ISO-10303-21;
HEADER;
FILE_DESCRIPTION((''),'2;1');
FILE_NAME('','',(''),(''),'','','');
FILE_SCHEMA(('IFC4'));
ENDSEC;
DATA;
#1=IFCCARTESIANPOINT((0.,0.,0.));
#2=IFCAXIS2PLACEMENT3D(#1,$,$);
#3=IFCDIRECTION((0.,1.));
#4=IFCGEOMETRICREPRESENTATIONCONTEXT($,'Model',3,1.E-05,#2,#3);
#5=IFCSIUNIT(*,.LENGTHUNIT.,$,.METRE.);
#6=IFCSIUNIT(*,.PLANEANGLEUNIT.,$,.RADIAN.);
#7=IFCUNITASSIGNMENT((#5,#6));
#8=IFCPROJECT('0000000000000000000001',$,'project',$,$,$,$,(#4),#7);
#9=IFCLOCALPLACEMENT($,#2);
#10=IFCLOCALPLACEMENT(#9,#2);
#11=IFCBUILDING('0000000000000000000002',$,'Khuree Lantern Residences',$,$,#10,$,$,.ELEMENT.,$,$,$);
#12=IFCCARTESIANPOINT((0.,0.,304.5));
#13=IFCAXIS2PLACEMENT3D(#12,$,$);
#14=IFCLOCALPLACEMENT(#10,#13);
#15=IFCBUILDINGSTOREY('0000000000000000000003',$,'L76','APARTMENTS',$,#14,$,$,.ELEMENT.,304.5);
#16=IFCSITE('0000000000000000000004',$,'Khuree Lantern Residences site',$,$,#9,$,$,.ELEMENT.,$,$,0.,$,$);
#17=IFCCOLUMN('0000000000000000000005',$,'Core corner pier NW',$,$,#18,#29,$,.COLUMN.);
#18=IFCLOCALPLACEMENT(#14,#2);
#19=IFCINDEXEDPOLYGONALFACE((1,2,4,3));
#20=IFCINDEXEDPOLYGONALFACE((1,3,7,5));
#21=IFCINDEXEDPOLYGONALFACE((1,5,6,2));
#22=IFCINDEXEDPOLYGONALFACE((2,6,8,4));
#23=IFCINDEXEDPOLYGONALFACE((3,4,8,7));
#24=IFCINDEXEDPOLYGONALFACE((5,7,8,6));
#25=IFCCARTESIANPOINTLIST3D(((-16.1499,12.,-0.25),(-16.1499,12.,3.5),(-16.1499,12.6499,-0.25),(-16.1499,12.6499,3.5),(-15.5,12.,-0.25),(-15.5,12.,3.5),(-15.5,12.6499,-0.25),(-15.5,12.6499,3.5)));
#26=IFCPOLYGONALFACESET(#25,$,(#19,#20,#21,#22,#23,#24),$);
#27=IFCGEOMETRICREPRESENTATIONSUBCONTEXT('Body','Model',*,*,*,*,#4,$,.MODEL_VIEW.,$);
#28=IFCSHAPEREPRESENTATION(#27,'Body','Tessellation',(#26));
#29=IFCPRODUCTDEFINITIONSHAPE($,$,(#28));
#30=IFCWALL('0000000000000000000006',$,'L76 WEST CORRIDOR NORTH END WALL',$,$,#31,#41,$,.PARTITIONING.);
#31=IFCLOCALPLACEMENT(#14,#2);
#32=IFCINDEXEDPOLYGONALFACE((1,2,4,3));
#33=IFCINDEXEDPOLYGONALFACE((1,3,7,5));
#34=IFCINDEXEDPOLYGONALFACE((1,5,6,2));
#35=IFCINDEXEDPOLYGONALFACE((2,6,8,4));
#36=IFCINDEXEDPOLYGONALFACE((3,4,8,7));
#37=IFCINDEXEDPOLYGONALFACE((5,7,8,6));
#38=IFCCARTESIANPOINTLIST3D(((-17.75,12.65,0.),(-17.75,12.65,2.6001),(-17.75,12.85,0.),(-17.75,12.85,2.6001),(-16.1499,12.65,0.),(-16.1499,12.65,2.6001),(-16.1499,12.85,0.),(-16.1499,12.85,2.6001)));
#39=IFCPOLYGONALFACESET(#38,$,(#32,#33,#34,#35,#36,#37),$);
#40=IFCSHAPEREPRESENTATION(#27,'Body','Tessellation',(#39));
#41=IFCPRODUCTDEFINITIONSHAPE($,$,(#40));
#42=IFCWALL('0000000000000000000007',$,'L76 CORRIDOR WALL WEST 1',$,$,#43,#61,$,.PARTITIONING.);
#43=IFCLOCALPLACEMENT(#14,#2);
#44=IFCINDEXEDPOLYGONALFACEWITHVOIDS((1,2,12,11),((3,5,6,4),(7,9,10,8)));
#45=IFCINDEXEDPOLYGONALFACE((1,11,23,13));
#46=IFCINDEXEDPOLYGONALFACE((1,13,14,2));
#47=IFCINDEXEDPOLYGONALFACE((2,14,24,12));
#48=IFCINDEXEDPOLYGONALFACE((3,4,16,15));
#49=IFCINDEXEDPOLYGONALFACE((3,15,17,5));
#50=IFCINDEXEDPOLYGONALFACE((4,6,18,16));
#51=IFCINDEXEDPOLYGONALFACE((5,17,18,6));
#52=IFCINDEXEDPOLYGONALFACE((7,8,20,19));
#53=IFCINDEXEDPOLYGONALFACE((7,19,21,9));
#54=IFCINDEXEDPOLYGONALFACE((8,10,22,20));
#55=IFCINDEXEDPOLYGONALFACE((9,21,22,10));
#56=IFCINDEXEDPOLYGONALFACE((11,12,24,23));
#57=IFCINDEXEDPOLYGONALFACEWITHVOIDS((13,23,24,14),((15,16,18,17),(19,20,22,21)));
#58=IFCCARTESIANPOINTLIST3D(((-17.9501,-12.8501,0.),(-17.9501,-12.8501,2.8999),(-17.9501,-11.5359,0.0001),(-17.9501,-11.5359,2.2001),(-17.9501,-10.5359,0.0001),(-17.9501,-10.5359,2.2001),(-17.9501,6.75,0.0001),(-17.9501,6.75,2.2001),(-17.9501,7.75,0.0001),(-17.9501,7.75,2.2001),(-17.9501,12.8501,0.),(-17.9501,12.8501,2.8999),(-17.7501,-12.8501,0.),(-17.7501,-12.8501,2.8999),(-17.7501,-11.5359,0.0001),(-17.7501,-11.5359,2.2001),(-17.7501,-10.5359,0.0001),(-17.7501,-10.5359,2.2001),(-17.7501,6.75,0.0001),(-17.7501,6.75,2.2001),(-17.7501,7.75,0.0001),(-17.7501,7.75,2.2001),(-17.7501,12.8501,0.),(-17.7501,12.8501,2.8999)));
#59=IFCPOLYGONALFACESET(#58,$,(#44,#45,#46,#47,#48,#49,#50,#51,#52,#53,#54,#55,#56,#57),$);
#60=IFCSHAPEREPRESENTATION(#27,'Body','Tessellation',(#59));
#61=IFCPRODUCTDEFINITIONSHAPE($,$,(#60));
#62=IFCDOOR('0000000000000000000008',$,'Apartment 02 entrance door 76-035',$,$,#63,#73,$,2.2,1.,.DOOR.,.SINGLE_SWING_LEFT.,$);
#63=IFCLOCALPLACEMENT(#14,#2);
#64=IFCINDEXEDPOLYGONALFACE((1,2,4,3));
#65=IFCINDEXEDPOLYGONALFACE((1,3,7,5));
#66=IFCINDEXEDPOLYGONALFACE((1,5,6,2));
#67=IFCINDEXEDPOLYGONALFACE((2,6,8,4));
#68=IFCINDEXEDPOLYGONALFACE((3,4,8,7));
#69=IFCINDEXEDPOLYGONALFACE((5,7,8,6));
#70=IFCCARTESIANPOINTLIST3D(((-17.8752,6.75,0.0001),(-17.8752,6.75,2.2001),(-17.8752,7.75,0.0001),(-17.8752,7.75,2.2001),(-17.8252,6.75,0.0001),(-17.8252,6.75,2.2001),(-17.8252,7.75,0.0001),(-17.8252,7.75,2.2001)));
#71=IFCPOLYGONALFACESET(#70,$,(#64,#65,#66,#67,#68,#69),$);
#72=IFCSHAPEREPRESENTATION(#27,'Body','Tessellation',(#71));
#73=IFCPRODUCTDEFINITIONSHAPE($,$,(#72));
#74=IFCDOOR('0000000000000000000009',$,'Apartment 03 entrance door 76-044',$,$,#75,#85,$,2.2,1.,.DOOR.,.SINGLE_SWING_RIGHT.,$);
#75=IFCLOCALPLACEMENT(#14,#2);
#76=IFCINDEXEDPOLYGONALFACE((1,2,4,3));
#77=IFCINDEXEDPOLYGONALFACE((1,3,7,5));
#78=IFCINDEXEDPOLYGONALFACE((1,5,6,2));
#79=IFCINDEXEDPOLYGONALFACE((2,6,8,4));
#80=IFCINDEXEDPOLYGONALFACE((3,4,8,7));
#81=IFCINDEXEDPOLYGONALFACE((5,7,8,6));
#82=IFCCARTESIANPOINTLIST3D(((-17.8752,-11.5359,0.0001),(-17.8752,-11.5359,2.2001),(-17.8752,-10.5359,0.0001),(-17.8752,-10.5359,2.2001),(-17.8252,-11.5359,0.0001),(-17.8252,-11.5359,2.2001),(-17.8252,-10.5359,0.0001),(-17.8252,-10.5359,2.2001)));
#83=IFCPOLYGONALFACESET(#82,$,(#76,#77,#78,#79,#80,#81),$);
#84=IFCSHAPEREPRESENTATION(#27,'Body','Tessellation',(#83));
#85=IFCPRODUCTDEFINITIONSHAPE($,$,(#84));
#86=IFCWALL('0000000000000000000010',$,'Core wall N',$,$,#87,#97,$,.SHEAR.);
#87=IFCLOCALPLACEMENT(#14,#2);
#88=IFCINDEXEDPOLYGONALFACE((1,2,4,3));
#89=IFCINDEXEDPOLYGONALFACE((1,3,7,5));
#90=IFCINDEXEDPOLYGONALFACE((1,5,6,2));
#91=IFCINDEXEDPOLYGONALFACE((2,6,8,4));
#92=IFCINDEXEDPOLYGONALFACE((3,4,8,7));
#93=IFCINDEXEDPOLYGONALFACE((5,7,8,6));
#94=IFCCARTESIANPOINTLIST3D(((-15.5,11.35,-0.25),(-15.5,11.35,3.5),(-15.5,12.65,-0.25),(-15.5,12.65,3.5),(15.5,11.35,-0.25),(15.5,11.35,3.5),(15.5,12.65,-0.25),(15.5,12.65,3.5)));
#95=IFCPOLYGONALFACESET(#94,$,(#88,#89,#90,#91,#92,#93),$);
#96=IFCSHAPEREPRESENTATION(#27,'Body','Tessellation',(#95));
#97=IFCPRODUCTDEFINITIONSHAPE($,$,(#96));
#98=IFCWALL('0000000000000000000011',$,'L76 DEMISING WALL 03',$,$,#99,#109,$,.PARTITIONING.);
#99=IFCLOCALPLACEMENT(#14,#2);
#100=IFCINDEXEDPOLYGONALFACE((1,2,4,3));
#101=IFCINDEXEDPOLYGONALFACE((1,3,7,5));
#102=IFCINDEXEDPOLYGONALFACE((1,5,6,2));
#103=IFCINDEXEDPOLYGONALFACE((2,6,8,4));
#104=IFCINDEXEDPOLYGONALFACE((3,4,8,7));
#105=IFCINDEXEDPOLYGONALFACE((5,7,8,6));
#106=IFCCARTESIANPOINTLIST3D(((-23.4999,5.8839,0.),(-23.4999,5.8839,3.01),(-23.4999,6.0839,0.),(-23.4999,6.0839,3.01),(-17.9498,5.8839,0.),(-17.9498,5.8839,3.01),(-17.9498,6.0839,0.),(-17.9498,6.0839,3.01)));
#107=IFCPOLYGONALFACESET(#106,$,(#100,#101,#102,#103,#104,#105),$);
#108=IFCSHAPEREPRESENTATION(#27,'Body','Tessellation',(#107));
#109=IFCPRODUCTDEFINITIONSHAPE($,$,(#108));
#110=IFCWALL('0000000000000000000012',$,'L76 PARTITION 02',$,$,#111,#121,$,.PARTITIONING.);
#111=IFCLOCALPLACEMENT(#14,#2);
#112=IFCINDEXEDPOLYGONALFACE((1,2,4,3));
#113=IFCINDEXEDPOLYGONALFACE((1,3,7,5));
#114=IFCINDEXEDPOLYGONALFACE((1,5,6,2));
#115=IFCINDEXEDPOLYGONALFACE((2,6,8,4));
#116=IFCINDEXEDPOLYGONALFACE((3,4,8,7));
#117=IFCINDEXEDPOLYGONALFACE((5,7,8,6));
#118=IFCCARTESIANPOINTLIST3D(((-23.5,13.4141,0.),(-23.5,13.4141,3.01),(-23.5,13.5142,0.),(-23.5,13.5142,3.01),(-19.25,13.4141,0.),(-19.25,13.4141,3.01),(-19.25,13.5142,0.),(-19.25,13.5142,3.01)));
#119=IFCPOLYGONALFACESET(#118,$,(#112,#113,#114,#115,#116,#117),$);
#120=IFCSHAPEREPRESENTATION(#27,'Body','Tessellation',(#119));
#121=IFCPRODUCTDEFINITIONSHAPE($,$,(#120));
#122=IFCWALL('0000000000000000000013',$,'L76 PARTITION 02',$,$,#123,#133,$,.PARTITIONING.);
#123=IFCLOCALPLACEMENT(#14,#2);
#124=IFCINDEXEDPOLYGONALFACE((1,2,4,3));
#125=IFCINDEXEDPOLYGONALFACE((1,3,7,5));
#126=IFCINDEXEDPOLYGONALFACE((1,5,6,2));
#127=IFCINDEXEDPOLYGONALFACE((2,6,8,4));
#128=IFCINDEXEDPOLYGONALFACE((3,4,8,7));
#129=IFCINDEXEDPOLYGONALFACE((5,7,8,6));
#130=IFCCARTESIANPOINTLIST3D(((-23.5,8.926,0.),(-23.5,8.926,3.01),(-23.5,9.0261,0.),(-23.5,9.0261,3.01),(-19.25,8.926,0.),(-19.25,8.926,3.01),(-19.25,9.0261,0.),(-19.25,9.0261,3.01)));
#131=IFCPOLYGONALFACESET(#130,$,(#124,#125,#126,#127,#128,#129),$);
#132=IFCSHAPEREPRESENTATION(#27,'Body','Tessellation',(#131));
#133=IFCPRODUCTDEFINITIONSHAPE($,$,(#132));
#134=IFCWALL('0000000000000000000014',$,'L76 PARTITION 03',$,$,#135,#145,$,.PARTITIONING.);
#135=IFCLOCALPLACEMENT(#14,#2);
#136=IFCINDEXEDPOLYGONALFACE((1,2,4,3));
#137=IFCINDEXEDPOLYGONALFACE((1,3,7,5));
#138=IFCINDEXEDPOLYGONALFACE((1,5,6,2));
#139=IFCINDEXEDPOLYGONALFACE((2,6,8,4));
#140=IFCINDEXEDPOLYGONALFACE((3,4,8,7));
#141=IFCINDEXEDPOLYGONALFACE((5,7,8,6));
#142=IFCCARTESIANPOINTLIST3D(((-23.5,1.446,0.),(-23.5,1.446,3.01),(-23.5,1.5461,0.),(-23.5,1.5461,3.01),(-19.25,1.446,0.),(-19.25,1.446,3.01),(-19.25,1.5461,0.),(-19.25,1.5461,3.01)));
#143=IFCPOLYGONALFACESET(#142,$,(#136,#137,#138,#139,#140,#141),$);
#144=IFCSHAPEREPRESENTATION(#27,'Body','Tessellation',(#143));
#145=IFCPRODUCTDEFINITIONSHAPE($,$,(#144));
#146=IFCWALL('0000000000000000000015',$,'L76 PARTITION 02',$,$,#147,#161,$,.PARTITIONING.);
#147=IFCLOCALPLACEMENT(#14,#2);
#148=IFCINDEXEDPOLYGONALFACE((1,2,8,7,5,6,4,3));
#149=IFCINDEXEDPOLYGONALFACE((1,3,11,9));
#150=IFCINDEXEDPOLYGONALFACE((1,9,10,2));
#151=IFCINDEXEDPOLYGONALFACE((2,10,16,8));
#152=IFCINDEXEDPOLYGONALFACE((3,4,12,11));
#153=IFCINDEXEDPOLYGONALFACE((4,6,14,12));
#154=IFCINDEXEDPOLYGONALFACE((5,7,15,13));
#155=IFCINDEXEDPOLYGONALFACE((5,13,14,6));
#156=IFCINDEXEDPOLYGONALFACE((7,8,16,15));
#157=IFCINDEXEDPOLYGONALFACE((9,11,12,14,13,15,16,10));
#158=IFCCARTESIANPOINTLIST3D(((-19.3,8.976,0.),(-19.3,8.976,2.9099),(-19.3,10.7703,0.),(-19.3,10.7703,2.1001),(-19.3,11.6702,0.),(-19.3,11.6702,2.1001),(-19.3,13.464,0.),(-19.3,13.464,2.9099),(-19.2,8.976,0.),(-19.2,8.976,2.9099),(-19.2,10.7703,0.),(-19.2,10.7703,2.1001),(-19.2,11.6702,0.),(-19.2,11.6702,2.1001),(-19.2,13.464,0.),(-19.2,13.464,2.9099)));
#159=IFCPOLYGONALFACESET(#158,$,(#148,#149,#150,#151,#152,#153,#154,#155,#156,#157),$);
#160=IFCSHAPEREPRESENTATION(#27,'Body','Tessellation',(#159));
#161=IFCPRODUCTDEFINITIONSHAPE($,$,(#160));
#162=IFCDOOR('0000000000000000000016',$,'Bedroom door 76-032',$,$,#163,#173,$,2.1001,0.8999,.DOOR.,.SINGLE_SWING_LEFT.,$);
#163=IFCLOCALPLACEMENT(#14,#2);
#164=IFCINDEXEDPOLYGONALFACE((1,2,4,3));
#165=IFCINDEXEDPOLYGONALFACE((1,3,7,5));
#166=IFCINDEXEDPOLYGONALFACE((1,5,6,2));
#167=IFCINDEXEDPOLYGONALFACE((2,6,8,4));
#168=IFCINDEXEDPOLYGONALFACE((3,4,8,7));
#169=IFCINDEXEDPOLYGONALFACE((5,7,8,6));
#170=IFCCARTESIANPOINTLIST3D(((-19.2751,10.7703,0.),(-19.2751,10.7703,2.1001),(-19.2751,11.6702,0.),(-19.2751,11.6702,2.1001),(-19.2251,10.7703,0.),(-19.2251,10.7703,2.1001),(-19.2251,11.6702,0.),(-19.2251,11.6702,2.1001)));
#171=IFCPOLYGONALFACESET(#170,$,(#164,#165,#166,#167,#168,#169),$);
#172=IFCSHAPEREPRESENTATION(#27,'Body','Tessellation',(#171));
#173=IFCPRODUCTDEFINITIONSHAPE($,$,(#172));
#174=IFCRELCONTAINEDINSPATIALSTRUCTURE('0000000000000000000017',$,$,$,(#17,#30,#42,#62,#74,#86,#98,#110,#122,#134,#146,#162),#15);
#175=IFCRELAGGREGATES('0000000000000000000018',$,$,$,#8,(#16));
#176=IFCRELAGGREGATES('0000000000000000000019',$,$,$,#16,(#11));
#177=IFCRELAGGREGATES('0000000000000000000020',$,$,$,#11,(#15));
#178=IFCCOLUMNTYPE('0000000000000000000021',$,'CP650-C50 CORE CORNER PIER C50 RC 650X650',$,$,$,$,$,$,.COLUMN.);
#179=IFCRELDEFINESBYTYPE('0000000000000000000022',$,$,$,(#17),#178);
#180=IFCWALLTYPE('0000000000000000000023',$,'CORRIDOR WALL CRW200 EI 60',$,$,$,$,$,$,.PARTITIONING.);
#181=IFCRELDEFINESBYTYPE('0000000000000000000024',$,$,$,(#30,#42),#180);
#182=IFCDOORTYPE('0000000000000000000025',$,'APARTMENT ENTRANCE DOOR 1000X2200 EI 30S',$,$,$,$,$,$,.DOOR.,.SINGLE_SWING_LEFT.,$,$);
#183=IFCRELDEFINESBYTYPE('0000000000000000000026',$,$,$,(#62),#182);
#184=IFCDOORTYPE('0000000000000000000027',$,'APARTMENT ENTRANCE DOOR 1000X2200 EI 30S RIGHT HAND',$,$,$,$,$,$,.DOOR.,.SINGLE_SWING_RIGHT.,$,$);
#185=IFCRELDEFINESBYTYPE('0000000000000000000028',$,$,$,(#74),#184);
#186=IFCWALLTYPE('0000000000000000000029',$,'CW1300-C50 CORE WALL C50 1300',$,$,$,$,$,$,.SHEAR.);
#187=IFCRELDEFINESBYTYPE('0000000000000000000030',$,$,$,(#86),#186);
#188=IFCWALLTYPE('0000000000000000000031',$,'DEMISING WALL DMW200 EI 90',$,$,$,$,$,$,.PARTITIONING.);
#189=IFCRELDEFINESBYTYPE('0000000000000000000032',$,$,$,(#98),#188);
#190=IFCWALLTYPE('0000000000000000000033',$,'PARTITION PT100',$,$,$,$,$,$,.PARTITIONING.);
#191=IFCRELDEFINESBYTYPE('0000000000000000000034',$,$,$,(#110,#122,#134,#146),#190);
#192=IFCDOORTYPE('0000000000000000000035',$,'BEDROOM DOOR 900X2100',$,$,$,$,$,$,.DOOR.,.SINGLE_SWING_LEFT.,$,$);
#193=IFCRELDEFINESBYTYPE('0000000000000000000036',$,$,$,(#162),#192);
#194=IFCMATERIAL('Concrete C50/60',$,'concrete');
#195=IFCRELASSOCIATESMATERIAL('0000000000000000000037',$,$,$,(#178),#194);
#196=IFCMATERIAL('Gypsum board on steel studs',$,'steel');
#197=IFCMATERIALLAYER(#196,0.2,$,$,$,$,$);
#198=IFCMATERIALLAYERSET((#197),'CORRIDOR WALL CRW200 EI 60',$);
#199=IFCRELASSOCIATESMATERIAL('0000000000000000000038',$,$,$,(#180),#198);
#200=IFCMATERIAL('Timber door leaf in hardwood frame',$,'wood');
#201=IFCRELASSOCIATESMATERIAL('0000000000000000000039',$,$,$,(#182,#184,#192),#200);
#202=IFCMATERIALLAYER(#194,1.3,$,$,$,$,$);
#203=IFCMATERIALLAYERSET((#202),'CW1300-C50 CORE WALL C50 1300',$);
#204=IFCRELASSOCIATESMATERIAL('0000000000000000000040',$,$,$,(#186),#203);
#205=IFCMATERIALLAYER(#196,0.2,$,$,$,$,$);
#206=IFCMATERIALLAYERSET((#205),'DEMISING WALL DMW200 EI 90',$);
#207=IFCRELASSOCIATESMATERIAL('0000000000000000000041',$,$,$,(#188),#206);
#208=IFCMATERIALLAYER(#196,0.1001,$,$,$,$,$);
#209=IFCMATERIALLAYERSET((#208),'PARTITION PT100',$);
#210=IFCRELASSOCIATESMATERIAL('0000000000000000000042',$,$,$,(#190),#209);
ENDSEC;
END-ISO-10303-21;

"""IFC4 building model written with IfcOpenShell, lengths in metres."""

from ifc_helpers import new_model, si_unit, direction, frame, frame_2d, origin, origin_2d, place, context, subcontext, project, spatial, rectangle, extrude, material, layer, layer_set, material_profile, profile_set, type_object, element, fill, save


model = new_model("IFC4")

# Units and contexts
model_context = context("Model", 3, precision=1e-05, world=origin(), true_north=direction((0.0, 1.0)))
body_context = subcontext(model_context, "Body", "Model", "MODEL_VIEW")
ifc_project = project(units=[si_unit("LENGTHUNIT", "METRE"), si_unit("PLANEANGLEUNIT", "RADIAN")], contexts=[model_context])

# Site, building, storey
site_placement = place(None, origin())
site = spatial("IfcSite", under=ifc_project, at=site_placement, Name="Khuree Lantern Residences site", CompositionType="ELEMENT", RefElevation=0.0)
building_placement = place(site_placement, origin())
building = spatial("IfcBuilding", under=site, at=building_placement, Name="Khuree Lantern Residences", CompositionType="ELEMENT")
storey_placement = place(building_placement, frame((0.0, 0.0, 304.5)))
storey = spatial("IfcBuildingStorey", under=building, at=storey_placement, Name="L76", Description="APARTMENTS", CompositionType="ELEMENT", Elevation=304.5)

# Column
ifc_material_1 = material(Name="Concrete C50/60", Category="concrete")
ifc_material_profile = material_profile(ifc_material_1, rectangle(XDim=0.6499, YDim=0.6499, at=origin_2d()), Name="RC 650X650")
ifc_profile_set = profile_set([ifc_material_profile], Name="Concrete C50/60")
column_type = type_object("IfcColumnType", Name="CP650-C50 CORE CORNER PIER C50 RC 650X650", PredefinedType="COLUMN", material=ifc_profile_set)
column_placement = place(storey_placement, frame((-15.825, 12.325, -0.25), z_axis=(0.0, 0.0, 1.0), x_axis=(1.0, 0.0, 0.0)))
element("IfcColumn", 1, at=column_placement, inside=storey, type_object=column_type, Name="Core corner pier NW", PredefinedType="COLUMN", context=body_context, shape_type="SweptSolid", body=[
    extrude(rectangle(XDim=0.6499, YDim=0.6499, at=origin_2d()), origin(), (0.0, 0.0, 1.0), 3.75),
])

# Wall
ifc_material_2 = material(Name="Gypsum board on steel studs", Category="steel")
ifc_layer_1 = layer(ifc_material_2, 0.2)
ifc_layer_set_1 = layer_set([ifc_layer_1], Name="CORRIDOR WALL CRW200 EI 60")
wall_type_1 = type_object("IfcWallType", Name="CORRIDOR WALL CRW200 EI 60", PredefinedType="PARTITIONING", material=ifc_layer_set_1)
wall_1_placement = place(storey_placement, frame((-16.1499, 12.75, 0.0), z_axis=(0.0, 0.0, 1.0), x_axis=(-1.0, 0.0, 0.0)))
element("IfcWall", 2, at=wall_1_placement, inside=storey, type_object=wall_type_1, Name="L76 WEST CORRIDOR NORTH END WALL", PredefinedType="PARTITIONING", context=body_context, shape_type="SweptSolid", body=[
    extrude(rectangle(XDim=1.6001, YDim=0.2, at=frame_2d((0.8, 0.0))), origin(), (0.0, 0.0, 1.0), 2.6001),
])

# Wall, openings, doors
wall_2_placement = place(storey_placement, frame((-17.8501, 12.8501, 0.0), z_axis=(0.0, 0.0, 1.0), x_axis=(0.0, -1.0, 0.0)))
wall_2 = element("IfcWall", 3, at=wall_2_placement, inside=storey, type_object=wall_type_1, Name="L76 CORRIDOR WALL WEST 1", PredefinedType="PARTITIONING", context=body_context, shape_type="SweptSolid", body=[
    extrude(rectangle(XDim=25.7002, YDim=0.2, at=frame_2d((12.8501, 0.0))), origin(), (0.0, 0.0, 1.0), 2.8999),
])
opening_1_placement = place(wall_2_placement, frame((5.1001, 0.0, 0.0)))
opening_1 = element("IfcOpeningElement", 4, at=opening_1_placement, cuts=wall_2, PredefinedType="OPENING", context=body_context, shape_type="SweptSolid", body=[
    extrude(rectangle(XDim=1.0, YDim=2.2, at=frame_2d((0.5, 1.1001))), frame((0.0, 0.1099, 0.0), z_axis=(0.0, -1.0, 0.0), x_axis=(1.0, 0.0, 0.0)), (0.0, 0.0, 1.0), 0.22),
])
opening_2_placement = place(wall_2_placement, frame((23.386, 0.0, 0.0)))
opening_2 = element("IfcOpeningElement", 5, at=opening_2_placement, cuts=wall_2, PredefinedType="OPENING", context=body_context, shape_type="SweptSolid", body=[
    extrude(rectangle(XDim=1.0, YDim=2.2, at=frame_2d((0.5, 1.1001))), frame((0.0, 0.1099, 0.0), z_axis=(0.0, -1.0, 0.0), x_axis=(1.0, 0.0, 0.0)), (0.0, 0.0, 1.0), 0.22),
])
ifc_material_3 = material(Name="Timber door leaf in hardwood frame", Category="wood")
door_type_1 = type_object("IfcDoorType", Name="APARTMENT ENTRANCE DOOR 1000X2200 EI 30S", OperationType="SINGLE_SWING_LEFT", PredefinedType="DOOR", material=ifc_material_3)
door_1_placement = place(opening_1_placement, origin())
door_1 = element("IfcDoor", 6, at=door_1_placement, inside=storey, type_object=door_type_1, Name="Apartment 02 entrance door 76-035", OperationType="SINGLE_SWING_LEFT", OverallHeight=2.2, OverallWidth=1.0, PredefinedType="DOOR", context=body_context, shape_type="SweptSolid", body=[
    extrude(rectangle(XDim=1.0, YDim=2.2, at=frame_2d((0.5, 1.1001))), frame((0.0, 0.0249, 0.0), z_axis=(0.0, -1.0, 0.0), x_axis=(1.0, 0.0, 0.0)), (0.0, 0.0, 1.0), 0.05),
])
fill(opening_1, door_1)
door_type_2 = type_object("IfcDoorType", Name="APARTMENT ENTRANCE DOOR 1000X2200 EI 30S RIGHT HAND", OperationType="SINGLE_SWING_RIGHT", PredefinedType="DOOR", material=ifc_material_3)
door_2_placement = place(opening_2_placement, origin())
door_2 = element("IfcDoor", 7, at=door_2_placement, inside=storey, type_object=door_type_2, Name="Apartment 03 entrance door 76-044", OperationType="SINGLE_SWING_RIGHT", OverallHeight=2.2, OverallWidth=1.0, PredefinedType="DOOR", context=body_context, shape_type="SweptSolid", body=[
    extrude(rectangle(XDim=1.0, YDim=2.2, at=frame_2d((0.5, 1.1001))), frame((0.0, 0.0249, 0.0), z_axis=(0.0, -1.0, 0.0), x_axis=(1.0, 0.0, 0.0)), (0.0, 0.0, 1.0), 0.05),
])
fill(opening_2, door_2)

# Walls
ifc_layer_2 = layer(ifc_material_1, 1.3)
ifc_layer_set_2 = layer_set([ifc_layer_2], Name="CW1300-C50 CORE WALL C50 1300")
wall_type_2 = type_object("IfcWallType", Name="CW1300-C50 CORE WALL C50 1300", PredefinedType="SHEAR", material=ifc_layer_set_2)
wall_3_placement = place(storey_placement, frame((-15.5, 12.0, -0.25), z_axis=(0.0, 0.0, 1.0), x_axis=(1.0, 0.0, 0.0)))
element("IfcWall", 8, at=wall_3_placement, inside=storey, type_object=wall_type_2, Name="Core wall N", PredefinedType="SHEAR", context=body_context, shape_type="SweptSolid", body=[
    extrude(rectangle(XDim=31.0, YDim=1.3, at=frame_2d((15.5, 0.0))), origin(), (0.0, 0.0, 1.0), 3.75),
])
ifc_layer_3 = layer(ifc_material_2, 0.2)
ifc_layer_set_3 = layer_set([ifc_layer_3], Name="DEMISING WALL DMW200 EI 90")
wall_type_3 = type_object("IfcWallType", Name="DEMISING WALL DMW200 EI 90", PredefinedType="PARTITIONING", material=ifc_layer_set_3)
wall_4_placement = place(storey_placement, frame((-17.95, 5.9839, 0.0), z_axis=(0.0, 0.0, 1.0), x_axis=(-1.0, 0.0, 0.0)))
element("IfcWall", 9, at=wall_4_placement, inside=storey, type_object=wall_type_3, Name="L76 DEMISING WALL 03", PredefinedType="PARTITIONING", context=body_context, shape_type="SweptSolid", body=[
    extrude(rectangle(XDim=5.55, YDim=0.2, at=frame_2d((2.7749, 0.0))), origin(), (0.0, 0.0, 1.0), 3.01),
])
ifc_layer_4 = layer(ifc_material_2, 0.1001)
ifc_layer_set_4 = layer_set([ifc_layer_4], Name="PARTITION PT100")
wall_type_4 = type_object("IfcWallType", Name="PARTITION PT100", PredefinedType="PARTITIONING", material=ifc_layer_set_4)
for number, where, z_axis, x_axis, name in (
    (10, (-19.25, 13.4641, 0.0), (0.0, 0.0, 1.0), (-1.0, 0.0, 0.0), "L76 PARTITION 02"),
    (11, (-19.25, 8.9761, 0.0), (0.0, 0.0, 1.0), (-1.0, 0.0, 0.0), "L76 PARTITION 02"),
    (12, (-19.25, 1.4961, 0.0), (0.0, 0.0, 1.0), (-1.0, 0.0, 0.0), "L76 PARTITION 03"),
):
    element("IfcWall", number, at=place(storey_placement, frame(where, z_axis=z_axis, x_axis=x_axis)), inside=storey, type_object=wall_type_4, Name=name, PredefinedType="PARTITIONING", context=body_context, shape_type="SweptSolid", body=[
        extrude(rectangle(XDim=4.25, YDim=0.1001, at=frame_2d((2.125, 0.0))), origin(), (0.0, 0.0, 1.0), 3.01),
    ])

# Wall, opening, door
wall_5_placement = place(storey_placement, frame((-19.25, 13.4641, 0.0), z_axis=(0.0, 0.0, 1.0), x_axis=(0.0, -1.0, 0.0)))
wall_5 = element("IfcWall", 13, at=wall_5_placement, inside=storey, type_object=wall_type_4, Name="L76 PARTITION 02", PredefinedType="PARTITIONING", context=body_context, shape_type="SweptSolid", body=[
    extrude(rectangle(XDim=4.488, YDim=0.1001, at=frame_2d((2.2441, 0.0))), origin(), (0.0, 0.0, 1.0), 2.9099),
])
opening_3_placement = place(wall_5_placement, frame((1.7939, 0.0, 0.0)))
opening_3 = element("IfcOpeningElement", 14, at=opening_3_placement, cuts=wall_5, PredefinedType="OPENING", context=body_context, shape_type="SweptSolid", body=[
    extrude(rectangle(XDim=0.8999, YDim=2.1001, at=frame_2d((0.45, 1.05))), frame((0.0, 0.0601, 0.0), z_axis=(0.0, -1.0, 0.0), x_axis=(1.0, 0.0, 0.0)), (0.0, 0.0, 1.0), 0.1201),
])
door_type_3 = type_object("IfcDoorType", Name="BEDROOM DOOR 900X2100", OperationType="SINGLE_SWING_LEFT", PredefinedType="DOOR", material=ifc_material_3)
door_3_placement = place(opening_3_placement, origin())
door_3 = element("IfcDoor", 15, at=door_3_placement, inside=storey, type_object=door_type_3, Name="Bedroom door 76-032", OperationType="SINGLE_SWING_LEFT", OverallHeight=2.1001, OverallWidth=0.8999, PredefinedType="DOOR", context=body_context, shape_type="SweptSolid", body=[
    extrude(rectangle(XDim=0.8999, YDim=2.1001, at=frame_2d((0.45, 1.05))), frame((0.0, 0.0249, 0.0), z_axis=(0.0, -1.0, 0.0), x_axis=(1.0, 0.0, 0.0)), (0.0, 0.0, 1.0), 0.05),
])
fill(opening_3, door_3)

save(model, "model.ifc")
